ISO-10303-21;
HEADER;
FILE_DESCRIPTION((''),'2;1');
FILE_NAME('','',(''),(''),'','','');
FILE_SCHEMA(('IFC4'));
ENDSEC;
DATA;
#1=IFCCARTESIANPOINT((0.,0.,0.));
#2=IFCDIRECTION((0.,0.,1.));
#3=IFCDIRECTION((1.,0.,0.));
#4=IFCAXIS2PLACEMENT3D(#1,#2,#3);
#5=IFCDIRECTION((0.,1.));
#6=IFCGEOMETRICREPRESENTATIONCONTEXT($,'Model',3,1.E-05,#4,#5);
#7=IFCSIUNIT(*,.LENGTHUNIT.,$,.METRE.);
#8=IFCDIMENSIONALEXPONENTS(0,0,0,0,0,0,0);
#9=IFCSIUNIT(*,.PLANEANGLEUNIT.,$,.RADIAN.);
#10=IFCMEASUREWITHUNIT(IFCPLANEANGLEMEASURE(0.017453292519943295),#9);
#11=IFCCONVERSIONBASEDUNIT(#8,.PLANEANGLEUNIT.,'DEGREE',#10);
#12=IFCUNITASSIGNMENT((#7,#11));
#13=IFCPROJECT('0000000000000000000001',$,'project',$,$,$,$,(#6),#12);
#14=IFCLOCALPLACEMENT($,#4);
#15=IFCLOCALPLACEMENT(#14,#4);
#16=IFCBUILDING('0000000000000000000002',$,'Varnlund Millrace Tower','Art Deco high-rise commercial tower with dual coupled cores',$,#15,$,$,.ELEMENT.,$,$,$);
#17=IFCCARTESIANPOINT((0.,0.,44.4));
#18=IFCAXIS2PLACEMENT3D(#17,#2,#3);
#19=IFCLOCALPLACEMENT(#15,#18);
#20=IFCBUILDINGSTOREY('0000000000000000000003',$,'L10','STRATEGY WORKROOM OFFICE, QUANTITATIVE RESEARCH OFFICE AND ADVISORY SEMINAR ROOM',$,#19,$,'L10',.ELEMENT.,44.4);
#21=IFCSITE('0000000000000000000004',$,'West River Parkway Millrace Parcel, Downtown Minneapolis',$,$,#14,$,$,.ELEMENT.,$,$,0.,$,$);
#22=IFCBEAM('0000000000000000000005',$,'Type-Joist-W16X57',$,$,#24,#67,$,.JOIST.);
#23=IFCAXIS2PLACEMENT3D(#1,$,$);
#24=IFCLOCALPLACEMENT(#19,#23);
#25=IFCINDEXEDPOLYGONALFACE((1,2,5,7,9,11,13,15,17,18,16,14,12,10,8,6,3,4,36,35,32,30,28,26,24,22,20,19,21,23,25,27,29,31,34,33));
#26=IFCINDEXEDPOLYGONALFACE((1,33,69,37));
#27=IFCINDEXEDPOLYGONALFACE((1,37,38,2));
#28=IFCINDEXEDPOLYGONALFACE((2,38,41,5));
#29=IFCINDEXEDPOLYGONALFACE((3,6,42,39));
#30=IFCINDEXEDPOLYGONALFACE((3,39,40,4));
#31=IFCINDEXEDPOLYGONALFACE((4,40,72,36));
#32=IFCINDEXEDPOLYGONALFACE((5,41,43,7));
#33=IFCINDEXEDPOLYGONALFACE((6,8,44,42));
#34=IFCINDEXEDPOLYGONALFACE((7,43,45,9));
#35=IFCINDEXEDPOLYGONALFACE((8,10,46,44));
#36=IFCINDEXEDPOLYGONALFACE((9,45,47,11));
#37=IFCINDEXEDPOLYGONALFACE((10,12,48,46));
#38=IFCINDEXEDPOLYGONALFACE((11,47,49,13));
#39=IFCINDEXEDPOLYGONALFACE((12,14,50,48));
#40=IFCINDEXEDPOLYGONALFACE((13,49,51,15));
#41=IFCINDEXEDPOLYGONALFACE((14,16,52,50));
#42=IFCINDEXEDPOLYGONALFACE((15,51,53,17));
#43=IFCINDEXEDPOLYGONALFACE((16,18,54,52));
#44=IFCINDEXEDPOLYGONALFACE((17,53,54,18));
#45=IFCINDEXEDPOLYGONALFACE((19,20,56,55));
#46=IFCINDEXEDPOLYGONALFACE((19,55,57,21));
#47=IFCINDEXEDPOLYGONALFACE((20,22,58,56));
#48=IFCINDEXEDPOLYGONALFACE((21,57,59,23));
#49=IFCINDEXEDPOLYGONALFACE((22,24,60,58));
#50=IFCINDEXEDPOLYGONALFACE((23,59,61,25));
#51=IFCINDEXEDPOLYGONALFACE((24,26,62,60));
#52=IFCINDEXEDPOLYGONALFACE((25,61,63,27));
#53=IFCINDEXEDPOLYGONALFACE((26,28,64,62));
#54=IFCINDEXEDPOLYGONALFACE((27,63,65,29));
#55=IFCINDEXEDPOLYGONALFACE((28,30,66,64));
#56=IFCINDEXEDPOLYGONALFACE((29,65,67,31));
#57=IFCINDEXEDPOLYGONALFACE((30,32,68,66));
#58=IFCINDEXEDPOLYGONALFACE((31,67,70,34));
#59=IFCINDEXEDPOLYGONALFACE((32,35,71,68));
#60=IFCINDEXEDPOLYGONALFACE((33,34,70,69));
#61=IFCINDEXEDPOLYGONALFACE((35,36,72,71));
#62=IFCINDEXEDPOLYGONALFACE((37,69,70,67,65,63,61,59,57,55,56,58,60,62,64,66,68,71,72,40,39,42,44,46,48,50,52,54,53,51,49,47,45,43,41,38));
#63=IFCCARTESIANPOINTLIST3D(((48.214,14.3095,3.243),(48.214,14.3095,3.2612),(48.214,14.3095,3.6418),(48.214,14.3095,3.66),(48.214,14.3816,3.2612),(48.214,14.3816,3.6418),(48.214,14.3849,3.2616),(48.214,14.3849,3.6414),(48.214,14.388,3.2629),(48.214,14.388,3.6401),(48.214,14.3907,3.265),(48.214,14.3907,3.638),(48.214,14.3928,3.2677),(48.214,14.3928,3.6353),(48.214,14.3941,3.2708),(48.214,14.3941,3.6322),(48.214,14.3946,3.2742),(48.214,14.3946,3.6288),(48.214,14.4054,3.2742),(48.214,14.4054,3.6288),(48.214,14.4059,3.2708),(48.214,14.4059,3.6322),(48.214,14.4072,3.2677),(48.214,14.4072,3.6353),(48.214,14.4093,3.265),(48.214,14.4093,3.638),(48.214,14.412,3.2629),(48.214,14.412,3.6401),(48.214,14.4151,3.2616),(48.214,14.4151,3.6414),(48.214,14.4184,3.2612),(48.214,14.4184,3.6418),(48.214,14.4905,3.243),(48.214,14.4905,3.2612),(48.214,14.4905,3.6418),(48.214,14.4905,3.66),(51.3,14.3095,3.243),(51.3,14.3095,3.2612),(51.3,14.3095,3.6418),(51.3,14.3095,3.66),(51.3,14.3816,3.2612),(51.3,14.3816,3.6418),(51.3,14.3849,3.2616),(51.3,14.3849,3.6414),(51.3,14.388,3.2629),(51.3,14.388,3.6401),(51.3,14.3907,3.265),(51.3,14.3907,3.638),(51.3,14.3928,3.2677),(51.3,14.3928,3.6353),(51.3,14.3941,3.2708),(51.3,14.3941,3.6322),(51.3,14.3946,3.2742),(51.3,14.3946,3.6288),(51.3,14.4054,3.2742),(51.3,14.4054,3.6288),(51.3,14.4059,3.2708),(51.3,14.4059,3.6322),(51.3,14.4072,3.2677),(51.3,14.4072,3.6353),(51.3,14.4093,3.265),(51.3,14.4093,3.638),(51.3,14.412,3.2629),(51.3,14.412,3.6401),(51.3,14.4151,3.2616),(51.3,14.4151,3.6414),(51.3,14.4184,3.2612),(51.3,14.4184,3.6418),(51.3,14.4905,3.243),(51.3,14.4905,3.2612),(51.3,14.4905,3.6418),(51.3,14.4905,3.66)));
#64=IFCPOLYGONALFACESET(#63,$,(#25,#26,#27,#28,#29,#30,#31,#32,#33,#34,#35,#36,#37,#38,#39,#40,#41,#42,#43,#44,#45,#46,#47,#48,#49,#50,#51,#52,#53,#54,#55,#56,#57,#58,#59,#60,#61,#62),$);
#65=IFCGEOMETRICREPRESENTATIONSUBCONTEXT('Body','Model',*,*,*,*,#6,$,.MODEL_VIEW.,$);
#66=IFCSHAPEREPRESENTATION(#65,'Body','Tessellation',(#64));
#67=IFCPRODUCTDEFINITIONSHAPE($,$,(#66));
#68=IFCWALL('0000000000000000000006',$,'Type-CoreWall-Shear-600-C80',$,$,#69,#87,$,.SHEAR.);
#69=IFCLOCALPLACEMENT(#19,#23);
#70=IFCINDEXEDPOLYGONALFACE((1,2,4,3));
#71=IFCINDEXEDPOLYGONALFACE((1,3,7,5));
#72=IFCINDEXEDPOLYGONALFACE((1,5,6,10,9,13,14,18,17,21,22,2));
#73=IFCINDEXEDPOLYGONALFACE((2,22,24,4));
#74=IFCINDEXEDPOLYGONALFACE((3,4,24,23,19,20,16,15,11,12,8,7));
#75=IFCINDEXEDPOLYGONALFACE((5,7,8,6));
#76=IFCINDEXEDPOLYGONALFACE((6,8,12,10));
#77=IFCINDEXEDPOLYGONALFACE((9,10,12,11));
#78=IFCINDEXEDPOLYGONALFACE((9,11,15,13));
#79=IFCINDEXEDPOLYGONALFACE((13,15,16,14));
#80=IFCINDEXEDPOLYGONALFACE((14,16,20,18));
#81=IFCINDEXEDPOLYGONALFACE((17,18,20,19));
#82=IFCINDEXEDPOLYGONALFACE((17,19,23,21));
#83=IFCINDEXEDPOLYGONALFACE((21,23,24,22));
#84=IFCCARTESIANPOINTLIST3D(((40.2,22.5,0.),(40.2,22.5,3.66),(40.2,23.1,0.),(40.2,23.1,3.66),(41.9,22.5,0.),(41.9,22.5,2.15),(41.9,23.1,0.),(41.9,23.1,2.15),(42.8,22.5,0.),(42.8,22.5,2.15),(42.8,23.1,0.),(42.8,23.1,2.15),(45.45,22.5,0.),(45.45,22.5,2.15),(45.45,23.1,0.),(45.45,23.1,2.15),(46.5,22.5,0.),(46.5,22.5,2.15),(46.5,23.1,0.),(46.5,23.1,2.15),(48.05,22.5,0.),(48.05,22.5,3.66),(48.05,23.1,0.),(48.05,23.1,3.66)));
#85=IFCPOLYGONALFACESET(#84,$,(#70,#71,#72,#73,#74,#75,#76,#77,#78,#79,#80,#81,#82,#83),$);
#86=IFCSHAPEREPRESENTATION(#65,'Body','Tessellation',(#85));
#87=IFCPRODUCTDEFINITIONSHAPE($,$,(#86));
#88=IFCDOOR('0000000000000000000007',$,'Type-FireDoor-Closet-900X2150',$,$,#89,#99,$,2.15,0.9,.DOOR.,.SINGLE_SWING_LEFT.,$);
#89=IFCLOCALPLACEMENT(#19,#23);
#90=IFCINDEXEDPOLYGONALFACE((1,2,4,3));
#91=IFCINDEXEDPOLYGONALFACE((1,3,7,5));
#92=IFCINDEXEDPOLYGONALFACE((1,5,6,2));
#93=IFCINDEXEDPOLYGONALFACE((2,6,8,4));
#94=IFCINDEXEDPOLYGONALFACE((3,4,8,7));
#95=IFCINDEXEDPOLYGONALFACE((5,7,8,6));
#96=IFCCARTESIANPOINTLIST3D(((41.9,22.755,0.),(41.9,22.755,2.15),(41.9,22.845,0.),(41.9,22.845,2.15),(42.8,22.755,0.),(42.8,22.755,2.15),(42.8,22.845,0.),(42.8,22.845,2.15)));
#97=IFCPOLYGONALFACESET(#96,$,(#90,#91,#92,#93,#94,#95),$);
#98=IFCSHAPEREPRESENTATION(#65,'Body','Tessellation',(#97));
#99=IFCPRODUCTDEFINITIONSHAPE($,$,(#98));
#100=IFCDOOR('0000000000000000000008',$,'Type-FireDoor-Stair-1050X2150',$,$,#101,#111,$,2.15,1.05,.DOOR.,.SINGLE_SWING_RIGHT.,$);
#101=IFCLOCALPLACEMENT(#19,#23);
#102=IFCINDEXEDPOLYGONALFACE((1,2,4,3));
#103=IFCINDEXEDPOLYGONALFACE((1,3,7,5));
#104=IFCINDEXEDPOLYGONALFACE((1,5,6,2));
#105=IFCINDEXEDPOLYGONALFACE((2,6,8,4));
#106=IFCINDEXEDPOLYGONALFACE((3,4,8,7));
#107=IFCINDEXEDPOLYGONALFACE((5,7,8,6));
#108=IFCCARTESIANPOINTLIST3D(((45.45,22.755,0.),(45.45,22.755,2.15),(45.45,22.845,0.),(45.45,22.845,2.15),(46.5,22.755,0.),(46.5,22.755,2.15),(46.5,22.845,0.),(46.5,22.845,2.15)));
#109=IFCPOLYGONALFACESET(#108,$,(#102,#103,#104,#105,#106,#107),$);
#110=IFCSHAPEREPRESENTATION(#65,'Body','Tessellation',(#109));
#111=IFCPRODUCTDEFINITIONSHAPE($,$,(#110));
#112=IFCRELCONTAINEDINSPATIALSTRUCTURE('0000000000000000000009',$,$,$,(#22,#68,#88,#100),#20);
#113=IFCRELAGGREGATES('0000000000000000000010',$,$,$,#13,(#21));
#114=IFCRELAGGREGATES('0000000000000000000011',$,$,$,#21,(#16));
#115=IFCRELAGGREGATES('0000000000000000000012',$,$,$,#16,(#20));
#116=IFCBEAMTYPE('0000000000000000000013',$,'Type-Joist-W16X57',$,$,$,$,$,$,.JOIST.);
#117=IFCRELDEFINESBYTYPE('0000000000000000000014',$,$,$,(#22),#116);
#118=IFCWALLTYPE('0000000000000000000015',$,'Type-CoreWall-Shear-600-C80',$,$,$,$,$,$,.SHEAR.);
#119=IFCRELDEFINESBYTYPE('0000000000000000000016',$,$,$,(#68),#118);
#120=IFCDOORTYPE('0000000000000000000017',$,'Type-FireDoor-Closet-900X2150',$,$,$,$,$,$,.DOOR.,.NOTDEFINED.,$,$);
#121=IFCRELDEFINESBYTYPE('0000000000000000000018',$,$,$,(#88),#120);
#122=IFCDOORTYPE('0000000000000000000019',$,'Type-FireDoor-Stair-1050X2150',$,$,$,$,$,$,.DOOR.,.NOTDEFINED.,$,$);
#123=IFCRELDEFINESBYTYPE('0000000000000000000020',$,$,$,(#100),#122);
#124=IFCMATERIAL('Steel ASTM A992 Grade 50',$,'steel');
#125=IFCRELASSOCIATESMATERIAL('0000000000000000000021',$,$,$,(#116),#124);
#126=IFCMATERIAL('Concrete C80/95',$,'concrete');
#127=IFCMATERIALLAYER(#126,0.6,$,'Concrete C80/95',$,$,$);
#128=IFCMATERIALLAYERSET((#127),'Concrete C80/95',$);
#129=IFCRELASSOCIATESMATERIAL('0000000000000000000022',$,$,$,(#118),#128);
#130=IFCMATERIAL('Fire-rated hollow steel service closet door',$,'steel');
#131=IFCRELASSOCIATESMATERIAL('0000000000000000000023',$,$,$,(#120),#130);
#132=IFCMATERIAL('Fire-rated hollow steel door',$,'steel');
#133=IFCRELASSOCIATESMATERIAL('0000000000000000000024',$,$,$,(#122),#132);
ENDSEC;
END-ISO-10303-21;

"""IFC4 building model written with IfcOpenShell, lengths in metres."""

from ifc_helpers import new_model, entity, si_unit, converted_unit, direction, frame, origin_with_axes, origin_2d_with_axis, place, context, subcontext, project, spatial, polyline, rectangle, i_section, outline, extrude, material, layer, layer_set, material_profile, profile_set, type_object, element, fill, save


model = new_model("IFC4")

# Units and contexts
model_context = context("Model", 3, precision=1e-05, world=origin_with_axes(), true_north=direction((0.0, 1.0)))
body_context = subcontext(model_context, "Body", "Model", "MODEL_VIEW")
ifc_project = project(units=[si_unit("LENGTHUNIT", "METRE"), converted_unit("PLANEANGLEUNIT", "DEGREE", entity("IfcPlaneAngleMeasure", 0.017453292519943295), si_unit("PLANEANGLEUNIT", "RADIAN"), dimensions=[0, 0, 0, 0, 0, 0, 0])], contexts=[model_context])

# Site, building, storey
site_placement = place(None, origin_with_axes())
site = spatial("IfcSite", under=ifc_project, at=site_placement, Name="West River Parkway Millrace Parcel, Downtown Minneapolis", CompositionType="ELEMENT", RefElevation=0.0)
building_placement = place(site_placement, origin_with_axes())
building = spatial("IfcBuilding", under=site, at=building_placement, Name="Varnlund Millrace Tower", Description="Art Deco high-rise commercial tower with dual coupled cores", CompositionType="ELEMENT")
storey_placement = place(building_placement, frame((0.0, 0.0, 44.4), z_axis=(0.0, 0.0, 1.0), x_axis=(1.0, 0.0, 0.0)))
storey = spatial("IfcBuildingStorey", under=building, at=storey_placement, Name="L10", Description="STRATEGY WORKROOM OFFICE, QUANTITATIVE RESEARCH OFFICE AND ADVISORY SEMINAR ROOM", LongName="L10", CompositionType="ELEMENT", Elevation=44.4)

# Shared definitions
ifc_material_1 = material(Name="Concrete C80/95", Category="concrete")

# Beam
ifc_material_2 = material(Name="Steel ASTM A992 Grade 50", Category="steel")
ifc_material_profile_1 = material_profile(ifc_material_2, i_section(OverallWidth=0.181, OverallDepth=0.417, WebThickness=0.0109, FlangeThickness=0.0182, FilletRadius=0.013, at=origin_2d_with_axis()), Name="Steel ASTM A992 Grade 50")
ifc_profile_set_1 = profile_set([ifc_material_profile_1], Name="Steel ASTM A992 Grade 50")
beam_type_1 = type_object("IfcBeamType", Name="Type-Joist-W16X57", PredefinedType="JOIST", material=ifc_profile_set_1)
beam_1_placement = place(storey_placement, frame((48.214, 14.4, 3.4515), z_axis=(1.0, 0.0, 0.0), x_axis=(0.0, 1.0, 0.0)))
element("IfcBeam", 1, at=beam_1_placement, inside=storey, type_object=beam_type_1, Name="Type-Joist-W16X57", PredefinedType="JOIST", context=body_context, shape_type="SweptSolid", body=[
    extrude(i_section(OverallWidth=0.181, OverallDepth=0.417, WebThickness=0.0109, FlangeThickness=0.0182, FilletRadius=0.013, at=origin_2d_with_axis()), origin_with_axes(), (0.0, 0.0, 1.0), 3.086),
])

# Wall, openings, doors
ifc_layer_1 = layer(ifc_material_1, 0.6, Name="Concrete C80/95")
ifc_layer_set_1 = layer_set([ifc_layer_1], Name="Concrete C80/95")
wall_type_1 = type_object("IfcWallType", Name="Type-CoreWall-Shear-600-C80", PredefinedType="SHEAR", material=ifc_layer_set_1)
wall_1_placement = place(storey_placement, frame((40.2, 22.8, 0.0), z_axis=(0.0, 0.0, 1.0), x_axis=(1.0, 0.0, 0.0)))
wall_1 = element("IfcWall", 2, at=wall_1_placement, inside=storey, type_object=wall_type_1, Name="Type-CoreWall-Shear-600-C80", PredefinedType="SHEAR", context=body_context, shape_type="SweptSolid", body=[
    extrude(outline(polyline([(0.0, -0.3), (7.85, -0.3), (7.85, 0.3), (0.0, 0.3), (0.0, -0.3)])), origin_with_axes(), (0.0, 0.0, 1.0), 3.66),
])
opening_1_placement = place(wall_1_placement, frame((5.775, 0.0, 0.0), z_axis=(0.0, 0.0, 1.0), x_axis=(1.0, 0.0, 0.0)))
opening_1 = element("IfcOpeningElement", 3, at=opening_1_placement, cuts=wall_1, PredefinedType="OPENING", context=body_context, shape_type="SweptSolid", body=[
    extrude(rectangle(XDim=1.05, YDim=0.62, at=origin_2d_with_axis()), origin_with_axes(), (0.0, 0.0, 1.0), 2.15),
])
opening_2_placement = place(wall_1_placement, frame((2.15, 0.0, 0.0), z_axis=(0.0, 0.0, 1.0), x_axis=(1.0, 0.0, 0.0)))
opening_2 = element("IfcOpeningElement", 4, at=opening_2_placement, cuts=wall_1, PredefinedType="OPENING", context=body_context, shape_type="SweptSolid", body=[
    extrude(rectangle(XDim=0.9, YDim=0.62, at=origin_2d_with_axis()), origin_with_axes(), (0.0, 0.0, 1.0), 2.15),
])
ifc_material_3 = material(Name="Fire-rated hollow steel service closet door", Category="steel")
door_type_1 = type_object("IfcDoorType", Name="Type-FireDoor-Closet-900X2150", OperationType="NOTDEFINED", PredefinedType="DOOR", material=ifc_material_3)
door_1_placement = place(wall_1_placement, frame((2.15, 0.0, 0.0), z_axis=(0.0, 0.0, 1.0), x_axis=(1.0, 0.0, 0.0)))
door_1 = element("IfcDoor", 5, at=door_1_placement, inside=storey, type_object=door_type_1, Name="Type-FireDoor-Closet-900X2150", OperationType="SINGLE_SWING_LEFT", OverallHeight=2.15, OverallWidth=0.9, PredefinedType="DOOR", context=body_context, shape_type="SweptSolid", body=[
    extrude(rectangle(XDim=0.9, YDim=0.09, at=origin_2d_with_axis()), origin_with_axes(), (0.0, 0.0, 1.0), 2.15),
])
fill(opening_2, door_1)
ifc_material_4 = material(Name="Fire-rated hollow steel door", Category="steel")
door_type_2 = type_object("IfcDoorType", Name="Type-FireDoor-Stair-1050X2150", OperationType="NOTDEFINED", PredefinedType="DOOR", material=ifc_material_4)
door_2_placement = place(wall_1_placement, frame((5.775, 0.0, 0.0), z_axis=(0.0, 0.0, 1.0), x_axis=(1.0, 0.0, 0.0)))
door_2 = element("IfcDoor", 6, at=door_2_placement, inside=storey, type_object=door_type_2, Name="Type-FireDoor-Stair-1050X2150", OperationType="SINGLE_SWING_RIGHT", OverallHeight=2.15, OverallWidth=1.05, PredefinedType="DOOR", context=body_context, shape_type="SweptSolid", body=[
    extrude(rectangle(XDim=1.05, YDim=0.09, at=origin_2d_with_axis()), origin_with_axes(), (0.0, 0.0, 1.0), 2.15),
])
fill(opening_1, door_2)

save(model, "model.ifc")
